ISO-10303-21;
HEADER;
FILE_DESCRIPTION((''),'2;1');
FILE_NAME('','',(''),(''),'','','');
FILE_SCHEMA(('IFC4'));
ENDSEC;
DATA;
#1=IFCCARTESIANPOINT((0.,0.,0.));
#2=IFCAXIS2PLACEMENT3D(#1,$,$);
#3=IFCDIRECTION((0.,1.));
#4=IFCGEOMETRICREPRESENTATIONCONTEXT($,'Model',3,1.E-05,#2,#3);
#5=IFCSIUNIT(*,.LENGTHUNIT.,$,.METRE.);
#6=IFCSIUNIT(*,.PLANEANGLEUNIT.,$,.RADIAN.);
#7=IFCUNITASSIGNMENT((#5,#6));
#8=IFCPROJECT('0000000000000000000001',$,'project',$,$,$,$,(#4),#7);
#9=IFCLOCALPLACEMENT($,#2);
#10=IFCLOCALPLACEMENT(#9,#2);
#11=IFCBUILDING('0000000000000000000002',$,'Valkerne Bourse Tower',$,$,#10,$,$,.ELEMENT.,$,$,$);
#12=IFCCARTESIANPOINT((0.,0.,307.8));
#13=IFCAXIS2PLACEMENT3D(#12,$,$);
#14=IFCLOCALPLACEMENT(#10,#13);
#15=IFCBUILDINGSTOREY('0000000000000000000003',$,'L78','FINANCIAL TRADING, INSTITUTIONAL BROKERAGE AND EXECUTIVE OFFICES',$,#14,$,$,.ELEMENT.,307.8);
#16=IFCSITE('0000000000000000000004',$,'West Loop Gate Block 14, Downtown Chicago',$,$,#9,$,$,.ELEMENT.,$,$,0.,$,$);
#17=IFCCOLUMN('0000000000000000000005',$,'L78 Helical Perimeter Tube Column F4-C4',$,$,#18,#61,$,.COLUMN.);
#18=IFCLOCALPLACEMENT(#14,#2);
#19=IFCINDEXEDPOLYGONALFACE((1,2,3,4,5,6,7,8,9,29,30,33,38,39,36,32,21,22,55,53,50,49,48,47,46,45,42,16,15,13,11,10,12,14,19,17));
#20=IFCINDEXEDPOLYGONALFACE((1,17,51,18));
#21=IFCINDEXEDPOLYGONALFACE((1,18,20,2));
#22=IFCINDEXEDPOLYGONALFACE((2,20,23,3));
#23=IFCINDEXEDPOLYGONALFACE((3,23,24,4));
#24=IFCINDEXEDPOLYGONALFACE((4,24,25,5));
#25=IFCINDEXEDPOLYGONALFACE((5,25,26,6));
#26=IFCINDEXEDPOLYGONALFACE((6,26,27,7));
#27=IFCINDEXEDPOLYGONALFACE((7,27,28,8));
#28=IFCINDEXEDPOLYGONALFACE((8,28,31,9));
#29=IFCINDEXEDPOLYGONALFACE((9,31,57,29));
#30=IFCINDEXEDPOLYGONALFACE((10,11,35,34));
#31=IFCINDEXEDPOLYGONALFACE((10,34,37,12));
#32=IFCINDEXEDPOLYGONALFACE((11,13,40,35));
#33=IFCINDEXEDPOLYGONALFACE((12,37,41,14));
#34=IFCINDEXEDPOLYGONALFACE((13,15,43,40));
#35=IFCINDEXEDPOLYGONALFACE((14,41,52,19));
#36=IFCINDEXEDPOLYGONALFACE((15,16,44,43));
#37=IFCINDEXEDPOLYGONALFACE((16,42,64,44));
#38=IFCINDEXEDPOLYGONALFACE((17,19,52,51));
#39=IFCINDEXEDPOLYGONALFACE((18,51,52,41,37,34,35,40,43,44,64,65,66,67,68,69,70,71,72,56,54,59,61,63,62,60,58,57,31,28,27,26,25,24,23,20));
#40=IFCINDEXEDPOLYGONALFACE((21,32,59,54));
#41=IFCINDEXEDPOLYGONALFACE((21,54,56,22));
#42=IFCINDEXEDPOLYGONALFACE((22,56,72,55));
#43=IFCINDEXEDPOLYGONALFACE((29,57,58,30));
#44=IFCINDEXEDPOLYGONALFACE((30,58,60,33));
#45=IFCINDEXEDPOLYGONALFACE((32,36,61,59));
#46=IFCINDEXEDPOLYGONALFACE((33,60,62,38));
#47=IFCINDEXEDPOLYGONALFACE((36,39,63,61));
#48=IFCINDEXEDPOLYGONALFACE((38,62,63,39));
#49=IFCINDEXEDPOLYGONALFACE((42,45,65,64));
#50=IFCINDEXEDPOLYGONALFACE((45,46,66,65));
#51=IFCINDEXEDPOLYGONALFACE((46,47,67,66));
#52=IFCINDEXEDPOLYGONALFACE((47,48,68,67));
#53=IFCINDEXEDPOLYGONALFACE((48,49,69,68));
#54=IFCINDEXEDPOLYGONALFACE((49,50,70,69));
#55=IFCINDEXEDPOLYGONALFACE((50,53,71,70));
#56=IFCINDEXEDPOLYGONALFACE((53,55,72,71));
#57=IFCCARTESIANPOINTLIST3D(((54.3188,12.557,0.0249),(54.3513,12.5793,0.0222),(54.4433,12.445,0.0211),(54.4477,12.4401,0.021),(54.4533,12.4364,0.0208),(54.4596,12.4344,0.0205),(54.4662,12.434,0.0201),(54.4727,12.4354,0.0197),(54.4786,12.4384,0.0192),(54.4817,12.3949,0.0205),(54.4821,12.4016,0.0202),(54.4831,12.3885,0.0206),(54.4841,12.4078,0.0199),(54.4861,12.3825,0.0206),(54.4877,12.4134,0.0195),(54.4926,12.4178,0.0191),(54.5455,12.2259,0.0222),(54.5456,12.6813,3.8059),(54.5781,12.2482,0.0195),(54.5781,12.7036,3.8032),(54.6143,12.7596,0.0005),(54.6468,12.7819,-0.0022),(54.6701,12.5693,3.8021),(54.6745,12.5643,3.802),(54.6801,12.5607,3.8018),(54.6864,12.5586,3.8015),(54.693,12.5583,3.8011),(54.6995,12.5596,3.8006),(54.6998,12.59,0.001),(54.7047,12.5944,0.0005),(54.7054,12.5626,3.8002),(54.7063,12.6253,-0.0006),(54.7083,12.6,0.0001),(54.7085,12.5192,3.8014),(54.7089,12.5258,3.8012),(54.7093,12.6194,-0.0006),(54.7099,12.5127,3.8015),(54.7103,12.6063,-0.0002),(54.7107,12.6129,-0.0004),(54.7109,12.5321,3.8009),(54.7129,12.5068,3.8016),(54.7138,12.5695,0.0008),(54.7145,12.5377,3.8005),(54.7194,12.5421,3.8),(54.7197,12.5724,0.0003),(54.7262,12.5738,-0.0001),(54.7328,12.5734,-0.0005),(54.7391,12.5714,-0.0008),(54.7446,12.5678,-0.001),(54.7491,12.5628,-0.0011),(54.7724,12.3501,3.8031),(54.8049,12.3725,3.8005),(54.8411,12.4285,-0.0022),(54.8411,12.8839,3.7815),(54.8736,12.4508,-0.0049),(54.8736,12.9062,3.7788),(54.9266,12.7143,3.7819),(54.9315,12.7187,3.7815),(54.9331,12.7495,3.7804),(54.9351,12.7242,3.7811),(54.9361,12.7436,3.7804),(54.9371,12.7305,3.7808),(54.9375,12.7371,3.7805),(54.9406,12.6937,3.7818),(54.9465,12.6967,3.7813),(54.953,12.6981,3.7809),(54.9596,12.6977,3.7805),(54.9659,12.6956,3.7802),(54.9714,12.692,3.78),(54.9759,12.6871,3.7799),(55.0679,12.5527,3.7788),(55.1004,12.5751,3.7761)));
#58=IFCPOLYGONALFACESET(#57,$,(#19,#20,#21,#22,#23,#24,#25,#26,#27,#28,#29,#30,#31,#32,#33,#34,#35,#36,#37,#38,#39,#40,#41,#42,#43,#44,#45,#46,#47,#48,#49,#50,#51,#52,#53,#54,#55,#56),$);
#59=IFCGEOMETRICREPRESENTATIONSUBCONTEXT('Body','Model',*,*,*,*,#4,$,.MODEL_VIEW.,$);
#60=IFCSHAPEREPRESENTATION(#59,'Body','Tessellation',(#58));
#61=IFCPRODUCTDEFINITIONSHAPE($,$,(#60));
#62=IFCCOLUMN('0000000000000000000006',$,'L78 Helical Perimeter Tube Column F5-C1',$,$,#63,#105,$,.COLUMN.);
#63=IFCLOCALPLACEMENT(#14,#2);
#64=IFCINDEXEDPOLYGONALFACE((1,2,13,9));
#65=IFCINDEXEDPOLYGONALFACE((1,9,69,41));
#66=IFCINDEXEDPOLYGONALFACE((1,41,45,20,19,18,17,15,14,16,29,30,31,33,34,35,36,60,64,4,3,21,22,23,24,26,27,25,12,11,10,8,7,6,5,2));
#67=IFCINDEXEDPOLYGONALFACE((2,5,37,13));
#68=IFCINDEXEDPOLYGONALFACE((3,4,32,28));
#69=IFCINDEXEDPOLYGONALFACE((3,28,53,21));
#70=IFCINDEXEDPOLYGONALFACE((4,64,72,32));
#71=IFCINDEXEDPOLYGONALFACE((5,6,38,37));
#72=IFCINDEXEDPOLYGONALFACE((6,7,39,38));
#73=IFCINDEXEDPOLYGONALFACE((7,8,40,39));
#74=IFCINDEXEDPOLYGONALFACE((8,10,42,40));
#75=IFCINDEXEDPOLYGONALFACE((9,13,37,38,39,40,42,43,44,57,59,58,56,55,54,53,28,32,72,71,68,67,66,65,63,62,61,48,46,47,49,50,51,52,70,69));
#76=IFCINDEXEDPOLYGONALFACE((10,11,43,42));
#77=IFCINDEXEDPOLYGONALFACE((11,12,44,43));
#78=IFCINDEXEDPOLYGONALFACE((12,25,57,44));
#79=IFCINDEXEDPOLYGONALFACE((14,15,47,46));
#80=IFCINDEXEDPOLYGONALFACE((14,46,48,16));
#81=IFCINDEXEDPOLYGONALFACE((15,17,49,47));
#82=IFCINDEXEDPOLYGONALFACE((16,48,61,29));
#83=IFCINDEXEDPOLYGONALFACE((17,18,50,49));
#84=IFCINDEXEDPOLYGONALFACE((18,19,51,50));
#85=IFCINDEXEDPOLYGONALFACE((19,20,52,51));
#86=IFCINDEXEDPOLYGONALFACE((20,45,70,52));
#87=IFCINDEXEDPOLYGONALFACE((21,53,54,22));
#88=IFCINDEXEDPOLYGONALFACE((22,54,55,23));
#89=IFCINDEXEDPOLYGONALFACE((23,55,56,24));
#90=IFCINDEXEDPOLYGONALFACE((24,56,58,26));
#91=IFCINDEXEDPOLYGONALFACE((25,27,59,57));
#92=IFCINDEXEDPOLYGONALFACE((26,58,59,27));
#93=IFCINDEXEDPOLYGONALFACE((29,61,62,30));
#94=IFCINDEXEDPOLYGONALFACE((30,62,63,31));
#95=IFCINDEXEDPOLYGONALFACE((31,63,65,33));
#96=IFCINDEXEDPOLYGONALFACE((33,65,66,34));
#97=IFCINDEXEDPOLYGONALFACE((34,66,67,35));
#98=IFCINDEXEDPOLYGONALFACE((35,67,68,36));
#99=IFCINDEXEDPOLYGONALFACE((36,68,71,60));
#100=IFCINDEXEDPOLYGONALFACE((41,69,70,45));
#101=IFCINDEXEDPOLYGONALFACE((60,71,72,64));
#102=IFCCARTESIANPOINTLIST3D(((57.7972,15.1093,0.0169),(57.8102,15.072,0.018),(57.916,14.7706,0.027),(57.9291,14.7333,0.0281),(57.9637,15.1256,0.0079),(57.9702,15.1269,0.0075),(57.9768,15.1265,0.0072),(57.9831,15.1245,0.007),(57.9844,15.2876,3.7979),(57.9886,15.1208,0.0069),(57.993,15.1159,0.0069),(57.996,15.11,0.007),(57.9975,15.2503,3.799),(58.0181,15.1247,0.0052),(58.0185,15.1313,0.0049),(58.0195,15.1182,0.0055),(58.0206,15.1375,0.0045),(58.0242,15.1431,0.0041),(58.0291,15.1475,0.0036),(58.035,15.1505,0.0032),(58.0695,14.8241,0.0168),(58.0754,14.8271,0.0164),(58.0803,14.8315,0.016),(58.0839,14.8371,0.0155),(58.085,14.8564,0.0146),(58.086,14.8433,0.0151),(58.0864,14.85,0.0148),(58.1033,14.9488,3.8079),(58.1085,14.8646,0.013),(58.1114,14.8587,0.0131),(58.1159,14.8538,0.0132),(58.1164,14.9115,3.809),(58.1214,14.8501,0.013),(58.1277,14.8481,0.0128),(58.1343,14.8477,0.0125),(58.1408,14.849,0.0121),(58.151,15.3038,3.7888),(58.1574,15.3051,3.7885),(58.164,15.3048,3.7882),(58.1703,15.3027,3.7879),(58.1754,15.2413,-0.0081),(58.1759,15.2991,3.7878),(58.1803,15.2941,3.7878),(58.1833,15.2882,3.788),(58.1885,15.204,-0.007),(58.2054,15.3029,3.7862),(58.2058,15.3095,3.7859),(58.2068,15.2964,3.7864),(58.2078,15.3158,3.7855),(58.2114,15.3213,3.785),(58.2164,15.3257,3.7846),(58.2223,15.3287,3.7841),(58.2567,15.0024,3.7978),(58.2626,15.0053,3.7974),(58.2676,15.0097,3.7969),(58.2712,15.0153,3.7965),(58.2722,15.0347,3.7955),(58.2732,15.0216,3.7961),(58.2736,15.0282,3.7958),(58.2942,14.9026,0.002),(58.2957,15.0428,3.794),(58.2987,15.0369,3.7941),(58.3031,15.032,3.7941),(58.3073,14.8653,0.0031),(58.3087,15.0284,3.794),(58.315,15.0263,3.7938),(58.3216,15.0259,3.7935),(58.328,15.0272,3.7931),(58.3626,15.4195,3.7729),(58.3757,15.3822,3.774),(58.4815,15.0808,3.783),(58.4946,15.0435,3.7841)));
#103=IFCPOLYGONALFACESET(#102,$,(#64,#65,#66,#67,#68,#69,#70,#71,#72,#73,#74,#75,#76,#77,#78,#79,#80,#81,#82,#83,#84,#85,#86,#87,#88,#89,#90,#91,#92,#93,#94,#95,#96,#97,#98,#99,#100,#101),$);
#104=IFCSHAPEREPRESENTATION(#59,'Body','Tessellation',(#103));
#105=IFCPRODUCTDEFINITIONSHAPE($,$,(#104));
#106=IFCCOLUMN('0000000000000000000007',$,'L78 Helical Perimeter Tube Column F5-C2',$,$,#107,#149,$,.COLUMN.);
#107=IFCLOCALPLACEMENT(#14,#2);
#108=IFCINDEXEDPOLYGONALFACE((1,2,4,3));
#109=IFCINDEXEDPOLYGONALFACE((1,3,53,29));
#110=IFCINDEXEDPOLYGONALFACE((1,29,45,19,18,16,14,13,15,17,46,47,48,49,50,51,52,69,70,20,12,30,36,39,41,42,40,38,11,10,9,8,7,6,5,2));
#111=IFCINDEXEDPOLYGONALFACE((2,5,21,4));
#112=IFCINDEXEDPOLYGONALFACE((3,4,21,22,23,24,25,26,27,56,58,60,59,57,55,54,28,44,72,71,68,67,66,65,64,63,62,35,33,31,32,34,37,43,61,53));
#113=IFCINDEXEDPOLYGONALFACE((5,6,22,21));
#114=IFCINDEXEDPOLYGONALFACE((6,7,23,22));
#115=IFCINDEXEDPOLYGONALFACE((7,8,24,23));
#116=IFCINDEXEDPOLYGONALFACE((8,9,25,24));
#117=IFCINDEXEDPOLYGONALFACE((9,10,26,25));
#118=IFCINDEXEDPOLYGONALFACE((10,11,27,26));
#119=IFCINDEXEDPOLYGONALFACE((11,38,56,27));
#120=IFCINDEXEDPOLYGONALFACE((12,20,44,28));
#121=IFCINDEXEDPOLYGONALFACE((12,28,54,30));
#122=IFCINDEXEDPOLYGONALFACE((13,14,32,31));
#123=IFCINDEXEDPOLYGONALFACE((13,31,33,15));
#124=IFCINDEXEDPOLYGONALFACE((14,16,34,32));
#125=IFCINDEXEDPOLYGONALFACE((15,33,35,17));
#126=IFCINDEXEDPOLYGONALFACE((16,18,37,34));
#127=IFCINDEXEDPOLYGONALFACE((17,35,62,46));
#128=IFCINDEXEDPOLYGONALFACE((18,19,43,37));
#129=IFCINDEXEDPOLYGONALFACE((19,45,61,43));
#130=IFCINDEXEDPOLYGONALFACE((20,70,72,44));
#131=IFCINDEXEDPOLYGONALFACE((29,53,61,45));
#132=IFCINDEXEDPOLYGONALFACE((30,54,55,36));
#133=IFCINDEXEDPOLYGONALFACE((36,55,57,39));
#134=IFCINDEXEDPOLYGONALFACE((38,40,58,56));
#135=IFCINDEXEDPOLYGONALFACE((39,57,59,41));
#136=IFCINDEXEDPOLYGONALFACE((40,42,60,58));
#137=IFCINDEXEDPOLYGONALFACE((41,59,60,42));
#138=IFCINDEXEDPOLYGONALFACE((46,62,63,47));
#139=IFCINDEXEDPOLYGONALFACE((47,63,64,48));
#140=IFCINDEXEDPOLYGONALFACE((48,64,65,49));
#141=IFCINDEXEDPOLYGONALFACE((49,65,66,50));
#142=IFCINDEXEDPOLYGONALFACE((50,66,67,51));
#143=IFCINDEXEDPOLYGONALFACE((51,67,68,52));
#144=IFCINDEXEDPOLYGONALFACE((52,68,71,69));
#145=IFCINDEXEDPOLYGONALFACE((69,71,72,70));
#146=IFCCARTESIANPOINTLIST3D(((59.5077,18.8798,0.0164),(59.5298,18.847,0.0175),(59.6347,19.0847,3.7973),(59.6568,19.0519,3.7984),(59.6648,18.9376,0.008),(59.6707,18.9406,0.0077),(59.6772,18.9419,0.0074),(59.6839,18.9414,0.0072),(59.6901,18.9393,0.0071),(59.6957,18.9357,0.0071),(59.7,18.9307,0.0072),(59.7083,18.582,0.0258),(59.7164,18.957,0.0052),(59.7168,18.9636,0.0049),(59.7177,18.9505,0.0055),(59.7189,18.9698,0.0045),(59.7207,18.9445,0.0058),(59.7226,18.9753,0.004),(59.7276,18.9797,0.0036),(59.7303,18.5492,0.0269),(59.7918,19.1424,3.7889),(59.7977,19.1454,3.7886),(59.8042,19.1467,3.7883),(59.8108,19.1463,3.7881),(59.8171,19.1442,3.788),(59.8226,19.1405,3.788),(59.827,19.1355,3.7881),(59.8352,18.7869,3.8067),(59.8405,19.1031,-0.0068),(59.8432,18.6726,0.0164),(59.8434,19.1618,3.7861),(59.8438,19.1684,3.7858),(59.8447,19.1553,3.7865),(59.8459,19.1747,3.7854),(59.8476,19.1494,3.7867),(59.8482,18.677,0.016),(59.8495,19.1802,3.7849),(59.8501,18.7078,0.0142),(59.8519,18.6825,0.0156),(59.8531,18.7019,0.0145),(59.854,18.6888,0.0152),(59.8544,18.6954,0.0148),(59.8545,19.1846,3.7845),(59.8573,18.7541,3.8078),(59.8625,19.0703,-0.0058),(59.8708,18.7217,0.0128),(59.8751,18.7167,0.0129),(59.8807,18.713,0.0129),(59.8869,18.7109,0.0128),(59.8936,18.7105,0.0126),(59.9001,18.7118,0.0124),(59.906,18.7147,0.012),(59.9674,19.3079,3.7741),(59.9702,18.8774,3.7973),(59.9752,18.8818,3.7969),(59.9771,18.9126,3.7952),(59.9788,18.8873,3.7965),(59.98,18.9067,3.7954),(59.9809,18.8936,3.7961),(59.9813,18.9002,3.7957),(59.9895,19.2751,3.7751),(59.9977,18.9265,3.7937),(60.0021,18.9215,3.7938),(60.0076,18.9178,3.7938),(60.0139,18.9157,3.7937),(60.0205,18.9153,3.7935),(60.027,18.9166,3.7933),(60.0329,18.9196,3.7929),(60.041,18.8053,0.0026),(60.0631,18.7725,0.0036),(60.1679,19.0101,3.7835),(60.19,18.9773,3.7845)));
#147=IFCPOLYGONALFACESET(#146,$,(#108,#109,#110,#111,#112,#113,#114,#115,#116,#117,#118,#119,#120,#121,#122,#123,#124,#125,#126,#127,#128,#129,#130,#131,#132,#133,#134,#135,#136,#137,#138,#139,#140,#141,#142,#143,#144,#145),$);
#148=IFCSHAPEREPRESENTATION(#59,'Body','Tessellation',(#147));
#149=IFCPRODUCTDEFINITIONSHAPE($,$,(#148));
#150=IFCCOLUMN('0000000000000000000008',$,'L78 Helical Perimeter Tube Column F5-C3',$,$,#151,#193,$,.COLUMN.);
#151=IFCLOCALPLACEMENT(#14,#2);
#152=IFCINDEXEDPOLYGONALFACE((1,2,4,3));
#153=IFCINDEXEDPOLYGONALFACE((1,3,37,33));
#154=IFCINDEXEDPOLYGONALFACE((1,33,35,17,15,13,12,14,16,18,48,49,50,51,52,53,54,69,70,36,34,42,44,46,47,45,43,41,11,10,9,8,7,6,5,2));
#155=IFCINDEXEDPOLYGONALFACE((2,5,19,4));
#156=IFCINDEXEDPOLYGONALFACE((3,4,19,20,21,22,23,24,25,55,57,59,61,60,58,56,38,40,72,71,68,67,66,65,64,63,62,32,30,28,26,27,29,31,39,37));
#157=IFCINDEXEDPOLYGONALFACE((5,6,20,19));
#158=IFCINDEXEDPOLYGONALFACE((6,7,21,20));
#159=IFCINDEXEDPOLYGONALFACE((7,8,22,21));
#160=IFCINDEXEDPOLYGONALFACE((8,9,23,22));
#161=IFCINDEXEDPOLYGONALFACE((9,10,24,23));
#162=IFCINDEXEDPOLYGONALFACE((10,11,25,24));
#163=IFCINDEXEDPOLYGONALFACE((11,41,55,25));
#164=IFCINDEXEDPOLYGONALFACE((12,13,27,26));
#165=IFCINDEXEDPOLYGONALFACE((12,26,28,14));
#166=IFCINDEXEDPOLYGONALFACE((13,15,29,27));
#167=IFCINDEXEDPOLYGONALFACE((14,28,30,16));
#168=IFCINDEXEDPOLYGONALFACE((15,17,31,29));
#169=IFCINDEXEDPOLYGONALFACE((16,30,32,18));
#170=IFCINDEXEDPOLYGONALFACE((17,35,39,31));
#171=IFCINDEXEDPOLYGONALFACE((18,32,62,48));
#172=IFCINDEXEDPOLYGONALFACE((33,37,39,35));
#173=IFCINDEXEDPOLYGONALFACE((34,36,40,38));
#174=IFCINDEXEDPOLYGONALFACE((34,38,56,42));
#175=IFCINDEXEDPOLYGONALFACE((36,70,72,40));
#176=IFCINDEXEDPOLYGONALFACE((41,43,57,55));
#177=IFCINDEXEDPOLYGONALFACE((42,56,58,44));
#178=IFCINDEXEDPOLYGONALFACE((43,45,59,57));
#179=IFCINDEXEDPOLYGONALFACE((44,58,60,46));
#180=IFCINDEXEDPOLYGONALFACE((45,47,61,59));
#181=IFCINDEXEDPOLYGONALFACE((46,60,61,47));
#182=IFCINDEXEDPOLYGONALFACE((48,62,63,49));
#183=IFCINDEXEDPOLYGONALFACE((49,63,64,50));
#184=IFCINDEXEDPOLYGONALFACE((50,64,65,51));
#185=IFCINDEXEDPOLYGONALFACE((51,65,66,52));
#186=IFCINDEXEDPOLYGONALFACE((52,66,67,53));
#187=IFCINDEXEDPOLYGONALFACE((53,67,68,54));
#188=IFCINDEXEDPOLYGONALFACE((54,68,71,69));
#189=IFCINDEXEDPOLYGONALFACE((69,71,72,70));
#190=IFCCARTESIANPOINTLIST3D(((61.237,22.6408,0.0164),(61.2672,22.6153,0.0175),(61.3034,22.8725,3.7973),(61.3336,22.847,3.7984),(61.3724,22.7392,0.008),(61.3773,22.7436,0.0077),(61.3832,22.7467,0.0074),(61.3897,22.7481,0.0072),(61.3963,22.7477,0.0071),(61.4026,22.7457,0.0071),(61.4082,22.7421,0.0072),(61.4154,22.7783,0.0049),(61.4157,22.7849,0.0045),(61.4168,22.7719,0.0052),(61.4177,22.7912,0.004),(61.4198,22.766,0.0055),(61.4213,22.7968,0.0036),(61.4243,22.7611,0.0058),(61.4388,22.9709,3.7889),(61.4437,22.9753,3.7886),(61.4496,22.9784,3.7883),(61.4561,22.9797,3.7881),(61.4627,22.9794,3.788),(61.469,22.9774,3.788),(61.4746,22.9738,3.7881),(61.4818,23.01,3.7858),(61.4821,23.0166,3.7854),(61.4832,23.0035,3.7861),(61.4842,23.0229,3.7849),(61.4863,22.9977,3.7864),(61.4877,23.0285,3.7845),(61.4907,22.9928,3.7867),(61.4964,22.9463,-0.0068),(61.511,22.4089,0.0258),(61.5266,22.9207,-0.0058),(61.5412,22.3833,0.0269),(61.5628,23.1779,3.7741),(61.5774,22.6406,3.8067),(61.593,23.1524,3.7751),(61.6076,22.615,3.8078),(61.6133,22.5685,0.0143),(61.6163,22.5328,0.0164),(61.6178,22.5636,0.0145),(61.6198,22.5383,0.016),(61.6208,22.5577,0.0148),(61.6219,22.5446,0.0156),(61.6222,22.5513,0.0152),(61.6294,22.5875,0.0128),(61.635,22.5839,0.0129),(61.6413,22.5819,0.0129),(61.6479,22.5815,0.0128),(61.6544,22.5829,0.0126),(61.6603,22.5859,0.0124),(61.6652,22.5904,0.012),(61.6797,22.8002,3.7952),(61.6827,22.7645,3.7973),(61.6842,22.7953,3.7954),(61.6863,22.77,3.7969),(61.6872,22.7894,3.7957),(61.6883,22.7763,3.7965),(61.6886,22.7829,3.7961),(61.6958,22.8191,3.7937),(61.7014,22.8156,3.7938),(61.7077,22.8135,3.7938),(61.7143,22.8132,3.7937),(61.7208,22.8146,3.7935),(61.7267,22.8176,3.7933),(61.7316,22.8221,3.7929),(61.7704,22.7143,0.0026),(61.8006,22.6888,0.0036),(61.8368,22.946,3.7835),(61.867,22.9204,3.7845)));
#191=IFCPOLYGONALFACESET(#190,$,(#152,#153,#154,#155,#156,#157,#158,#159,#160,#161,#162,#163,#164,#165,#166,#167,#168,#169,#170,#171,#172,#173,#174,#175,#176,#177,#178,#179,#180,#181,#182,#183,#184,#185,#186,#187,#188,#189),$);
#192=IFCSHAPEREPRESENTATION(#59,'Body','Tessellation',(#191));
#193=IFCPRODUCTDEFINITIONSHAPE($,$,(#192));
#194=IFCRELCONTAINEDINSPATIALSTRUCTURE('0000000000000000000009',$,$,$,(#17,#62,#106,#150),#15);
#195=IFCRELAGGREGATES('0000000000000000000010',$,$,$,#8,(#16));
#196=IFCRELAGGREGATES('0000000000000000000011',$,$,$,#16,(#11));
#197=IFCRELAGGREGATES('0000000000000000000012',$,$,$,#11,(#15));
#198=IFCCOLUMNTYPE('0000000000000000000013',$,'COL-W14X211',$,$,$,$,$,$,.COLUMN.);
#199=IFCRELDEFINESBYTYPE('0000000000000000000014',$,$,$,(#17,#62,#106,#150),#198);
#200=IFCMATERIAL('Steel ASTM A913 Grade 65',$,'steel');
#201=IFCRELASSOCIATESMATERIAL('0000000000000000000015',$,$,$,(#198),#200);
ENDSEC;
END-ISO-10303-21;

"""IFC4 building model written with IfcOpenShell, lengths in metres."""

from ifc_helpers import new_model, si_unit, direction, frame, origin, origin_2d, place, context, subcontext, project, spatial, i_section, extrude, material, material_profile, profile_set, type_object, element, save


model = new_model("IFC4")

# Units and contexts
model_context = context("Model", 3, precision=1e-05, world=origin(), true_north=direction((0.0, 1.0)))
body_context = subcontext(model_context, "Body", "Model", "MODEL_VIEW")
ifc_project = project(units=[si_unit("LENGTHUNIT", "METRE"), si_unit("PLANEANGLEUNIT", "RADIAN")], contexts=[model_context])

# Site, building, storey
site_placement = place(None, origin())
site = spatial("IfcSite", under=ifc_project, at=site_placement, Name="West Loop Gate Block 14, Downtown Chicago", CompositionType="ELEMENT", RefElevation=0.0)
building_placement = place(site_placement, origin())
building = spatial("IfcBuilding", under=site, at=building_placement, Name="Valkerne Bourse Tower", CompositionType="ELEMENT")
storey_placement = place(building_placement, frame((0.0, 0.0, 307.8)))
storey = spatial("IfcBuildingStorey", under=building, at=storey_placement, Name="L78", Description="FINANCIAL TRADING, INSTITUTIONAL BROKERAGE AND EXECUTIVE OFFICES", CompositionType="ELEMENT", Elevation=307.8)

# Columns
ifc_material_1 = material(Name="Steel ASTM A913 Grade 65", Category="steel")
ifc_material_profile_1 = material_profile(ifc_material_1, i_section(OverallWidth=0.4014, OverallDepth=0.3987, WebThickness=0.0249, FlangeThickness=0.0396, FilletRadius=0.0254, at=origin_2d()), Name="W14X211")
ifc_profile_set_1 = profile_set([ifc_material_profile_1], Name="Steel ASTM A913 Grade 65")
column_type = type_object("IfcColumnType", Name="COL-W14X211", PredefinedType="COLUMN", material=ifc_profile_set_1)
for number, where, z_axis, x_axis, name in (
    (1, (54.5962, 12.5039, 0.01), (0.059846, 0.03279, 0.997669), (-0.565029, 0.825043, 0.006778), "L78 Helical Perimeter Tube Column F4-C4"),
    (2, (58.0522, 14.9873, 0.01), (0.04941, 0.047027, 0.997671), (-0.942355, -0.32879, 0.062168), "L78 Helical Perimeter Tube Column F5-C1"),
):
    element("IfcColumn", number, at=place(storey_placement, frame(where, z_axis=z_axis, x_axis=x_axis)), inside=storey, type_object=column_type, Name=name, PredefinedType="COLUMN", context=body_context, shape_type="SweptSolid", body=[
        extrude(i_section(OverallWidth=0.4014, OverallDepth=0.3987, WebThickness=0.0249, FlangeThickness=0.0396, FilletRadius=0.0254, at=origin_2d()), origin(), (0.0, 0.0, 1.0), 3.7898),
    ])
for number, where, z_axis, x_axis, name in (
    (3, (59.7854, 18.8262, 0.01), (0.033509, 0.054065, 0.997975), (-0.828943, -0.556321, 0.057971), "L78 Helical Perimeter Tube Column F5-C2"),
    (4, (61.5188, 22.6648, 0.01), (0.017528, 0.061153, 0.997974), (-0.646191, -0.76097, 0.057979), "L78 Helical Perimeter Tube Column F5-C3"),
):
    element("IfcColumn", number, at=place(storey_placement, frame(where, z_axis=z_axis, x_axis=x_axis)), inside=storey, type_object=column_type, Name=name, PredefinedType="COLUMN", context=body_context, shape_type="SweptSolid", body=[
        extrude(i_section(OverallWidth=0.4014, OverallDepth=0.3987, WebThickness=0.0249, FlangeThickness=0.0396, FilletRadius=0.0254, at=origin_2d()), origin(), (0.0, 0.0, 1.0), 3.7886),
    ])

save(model, "model.ifc")
